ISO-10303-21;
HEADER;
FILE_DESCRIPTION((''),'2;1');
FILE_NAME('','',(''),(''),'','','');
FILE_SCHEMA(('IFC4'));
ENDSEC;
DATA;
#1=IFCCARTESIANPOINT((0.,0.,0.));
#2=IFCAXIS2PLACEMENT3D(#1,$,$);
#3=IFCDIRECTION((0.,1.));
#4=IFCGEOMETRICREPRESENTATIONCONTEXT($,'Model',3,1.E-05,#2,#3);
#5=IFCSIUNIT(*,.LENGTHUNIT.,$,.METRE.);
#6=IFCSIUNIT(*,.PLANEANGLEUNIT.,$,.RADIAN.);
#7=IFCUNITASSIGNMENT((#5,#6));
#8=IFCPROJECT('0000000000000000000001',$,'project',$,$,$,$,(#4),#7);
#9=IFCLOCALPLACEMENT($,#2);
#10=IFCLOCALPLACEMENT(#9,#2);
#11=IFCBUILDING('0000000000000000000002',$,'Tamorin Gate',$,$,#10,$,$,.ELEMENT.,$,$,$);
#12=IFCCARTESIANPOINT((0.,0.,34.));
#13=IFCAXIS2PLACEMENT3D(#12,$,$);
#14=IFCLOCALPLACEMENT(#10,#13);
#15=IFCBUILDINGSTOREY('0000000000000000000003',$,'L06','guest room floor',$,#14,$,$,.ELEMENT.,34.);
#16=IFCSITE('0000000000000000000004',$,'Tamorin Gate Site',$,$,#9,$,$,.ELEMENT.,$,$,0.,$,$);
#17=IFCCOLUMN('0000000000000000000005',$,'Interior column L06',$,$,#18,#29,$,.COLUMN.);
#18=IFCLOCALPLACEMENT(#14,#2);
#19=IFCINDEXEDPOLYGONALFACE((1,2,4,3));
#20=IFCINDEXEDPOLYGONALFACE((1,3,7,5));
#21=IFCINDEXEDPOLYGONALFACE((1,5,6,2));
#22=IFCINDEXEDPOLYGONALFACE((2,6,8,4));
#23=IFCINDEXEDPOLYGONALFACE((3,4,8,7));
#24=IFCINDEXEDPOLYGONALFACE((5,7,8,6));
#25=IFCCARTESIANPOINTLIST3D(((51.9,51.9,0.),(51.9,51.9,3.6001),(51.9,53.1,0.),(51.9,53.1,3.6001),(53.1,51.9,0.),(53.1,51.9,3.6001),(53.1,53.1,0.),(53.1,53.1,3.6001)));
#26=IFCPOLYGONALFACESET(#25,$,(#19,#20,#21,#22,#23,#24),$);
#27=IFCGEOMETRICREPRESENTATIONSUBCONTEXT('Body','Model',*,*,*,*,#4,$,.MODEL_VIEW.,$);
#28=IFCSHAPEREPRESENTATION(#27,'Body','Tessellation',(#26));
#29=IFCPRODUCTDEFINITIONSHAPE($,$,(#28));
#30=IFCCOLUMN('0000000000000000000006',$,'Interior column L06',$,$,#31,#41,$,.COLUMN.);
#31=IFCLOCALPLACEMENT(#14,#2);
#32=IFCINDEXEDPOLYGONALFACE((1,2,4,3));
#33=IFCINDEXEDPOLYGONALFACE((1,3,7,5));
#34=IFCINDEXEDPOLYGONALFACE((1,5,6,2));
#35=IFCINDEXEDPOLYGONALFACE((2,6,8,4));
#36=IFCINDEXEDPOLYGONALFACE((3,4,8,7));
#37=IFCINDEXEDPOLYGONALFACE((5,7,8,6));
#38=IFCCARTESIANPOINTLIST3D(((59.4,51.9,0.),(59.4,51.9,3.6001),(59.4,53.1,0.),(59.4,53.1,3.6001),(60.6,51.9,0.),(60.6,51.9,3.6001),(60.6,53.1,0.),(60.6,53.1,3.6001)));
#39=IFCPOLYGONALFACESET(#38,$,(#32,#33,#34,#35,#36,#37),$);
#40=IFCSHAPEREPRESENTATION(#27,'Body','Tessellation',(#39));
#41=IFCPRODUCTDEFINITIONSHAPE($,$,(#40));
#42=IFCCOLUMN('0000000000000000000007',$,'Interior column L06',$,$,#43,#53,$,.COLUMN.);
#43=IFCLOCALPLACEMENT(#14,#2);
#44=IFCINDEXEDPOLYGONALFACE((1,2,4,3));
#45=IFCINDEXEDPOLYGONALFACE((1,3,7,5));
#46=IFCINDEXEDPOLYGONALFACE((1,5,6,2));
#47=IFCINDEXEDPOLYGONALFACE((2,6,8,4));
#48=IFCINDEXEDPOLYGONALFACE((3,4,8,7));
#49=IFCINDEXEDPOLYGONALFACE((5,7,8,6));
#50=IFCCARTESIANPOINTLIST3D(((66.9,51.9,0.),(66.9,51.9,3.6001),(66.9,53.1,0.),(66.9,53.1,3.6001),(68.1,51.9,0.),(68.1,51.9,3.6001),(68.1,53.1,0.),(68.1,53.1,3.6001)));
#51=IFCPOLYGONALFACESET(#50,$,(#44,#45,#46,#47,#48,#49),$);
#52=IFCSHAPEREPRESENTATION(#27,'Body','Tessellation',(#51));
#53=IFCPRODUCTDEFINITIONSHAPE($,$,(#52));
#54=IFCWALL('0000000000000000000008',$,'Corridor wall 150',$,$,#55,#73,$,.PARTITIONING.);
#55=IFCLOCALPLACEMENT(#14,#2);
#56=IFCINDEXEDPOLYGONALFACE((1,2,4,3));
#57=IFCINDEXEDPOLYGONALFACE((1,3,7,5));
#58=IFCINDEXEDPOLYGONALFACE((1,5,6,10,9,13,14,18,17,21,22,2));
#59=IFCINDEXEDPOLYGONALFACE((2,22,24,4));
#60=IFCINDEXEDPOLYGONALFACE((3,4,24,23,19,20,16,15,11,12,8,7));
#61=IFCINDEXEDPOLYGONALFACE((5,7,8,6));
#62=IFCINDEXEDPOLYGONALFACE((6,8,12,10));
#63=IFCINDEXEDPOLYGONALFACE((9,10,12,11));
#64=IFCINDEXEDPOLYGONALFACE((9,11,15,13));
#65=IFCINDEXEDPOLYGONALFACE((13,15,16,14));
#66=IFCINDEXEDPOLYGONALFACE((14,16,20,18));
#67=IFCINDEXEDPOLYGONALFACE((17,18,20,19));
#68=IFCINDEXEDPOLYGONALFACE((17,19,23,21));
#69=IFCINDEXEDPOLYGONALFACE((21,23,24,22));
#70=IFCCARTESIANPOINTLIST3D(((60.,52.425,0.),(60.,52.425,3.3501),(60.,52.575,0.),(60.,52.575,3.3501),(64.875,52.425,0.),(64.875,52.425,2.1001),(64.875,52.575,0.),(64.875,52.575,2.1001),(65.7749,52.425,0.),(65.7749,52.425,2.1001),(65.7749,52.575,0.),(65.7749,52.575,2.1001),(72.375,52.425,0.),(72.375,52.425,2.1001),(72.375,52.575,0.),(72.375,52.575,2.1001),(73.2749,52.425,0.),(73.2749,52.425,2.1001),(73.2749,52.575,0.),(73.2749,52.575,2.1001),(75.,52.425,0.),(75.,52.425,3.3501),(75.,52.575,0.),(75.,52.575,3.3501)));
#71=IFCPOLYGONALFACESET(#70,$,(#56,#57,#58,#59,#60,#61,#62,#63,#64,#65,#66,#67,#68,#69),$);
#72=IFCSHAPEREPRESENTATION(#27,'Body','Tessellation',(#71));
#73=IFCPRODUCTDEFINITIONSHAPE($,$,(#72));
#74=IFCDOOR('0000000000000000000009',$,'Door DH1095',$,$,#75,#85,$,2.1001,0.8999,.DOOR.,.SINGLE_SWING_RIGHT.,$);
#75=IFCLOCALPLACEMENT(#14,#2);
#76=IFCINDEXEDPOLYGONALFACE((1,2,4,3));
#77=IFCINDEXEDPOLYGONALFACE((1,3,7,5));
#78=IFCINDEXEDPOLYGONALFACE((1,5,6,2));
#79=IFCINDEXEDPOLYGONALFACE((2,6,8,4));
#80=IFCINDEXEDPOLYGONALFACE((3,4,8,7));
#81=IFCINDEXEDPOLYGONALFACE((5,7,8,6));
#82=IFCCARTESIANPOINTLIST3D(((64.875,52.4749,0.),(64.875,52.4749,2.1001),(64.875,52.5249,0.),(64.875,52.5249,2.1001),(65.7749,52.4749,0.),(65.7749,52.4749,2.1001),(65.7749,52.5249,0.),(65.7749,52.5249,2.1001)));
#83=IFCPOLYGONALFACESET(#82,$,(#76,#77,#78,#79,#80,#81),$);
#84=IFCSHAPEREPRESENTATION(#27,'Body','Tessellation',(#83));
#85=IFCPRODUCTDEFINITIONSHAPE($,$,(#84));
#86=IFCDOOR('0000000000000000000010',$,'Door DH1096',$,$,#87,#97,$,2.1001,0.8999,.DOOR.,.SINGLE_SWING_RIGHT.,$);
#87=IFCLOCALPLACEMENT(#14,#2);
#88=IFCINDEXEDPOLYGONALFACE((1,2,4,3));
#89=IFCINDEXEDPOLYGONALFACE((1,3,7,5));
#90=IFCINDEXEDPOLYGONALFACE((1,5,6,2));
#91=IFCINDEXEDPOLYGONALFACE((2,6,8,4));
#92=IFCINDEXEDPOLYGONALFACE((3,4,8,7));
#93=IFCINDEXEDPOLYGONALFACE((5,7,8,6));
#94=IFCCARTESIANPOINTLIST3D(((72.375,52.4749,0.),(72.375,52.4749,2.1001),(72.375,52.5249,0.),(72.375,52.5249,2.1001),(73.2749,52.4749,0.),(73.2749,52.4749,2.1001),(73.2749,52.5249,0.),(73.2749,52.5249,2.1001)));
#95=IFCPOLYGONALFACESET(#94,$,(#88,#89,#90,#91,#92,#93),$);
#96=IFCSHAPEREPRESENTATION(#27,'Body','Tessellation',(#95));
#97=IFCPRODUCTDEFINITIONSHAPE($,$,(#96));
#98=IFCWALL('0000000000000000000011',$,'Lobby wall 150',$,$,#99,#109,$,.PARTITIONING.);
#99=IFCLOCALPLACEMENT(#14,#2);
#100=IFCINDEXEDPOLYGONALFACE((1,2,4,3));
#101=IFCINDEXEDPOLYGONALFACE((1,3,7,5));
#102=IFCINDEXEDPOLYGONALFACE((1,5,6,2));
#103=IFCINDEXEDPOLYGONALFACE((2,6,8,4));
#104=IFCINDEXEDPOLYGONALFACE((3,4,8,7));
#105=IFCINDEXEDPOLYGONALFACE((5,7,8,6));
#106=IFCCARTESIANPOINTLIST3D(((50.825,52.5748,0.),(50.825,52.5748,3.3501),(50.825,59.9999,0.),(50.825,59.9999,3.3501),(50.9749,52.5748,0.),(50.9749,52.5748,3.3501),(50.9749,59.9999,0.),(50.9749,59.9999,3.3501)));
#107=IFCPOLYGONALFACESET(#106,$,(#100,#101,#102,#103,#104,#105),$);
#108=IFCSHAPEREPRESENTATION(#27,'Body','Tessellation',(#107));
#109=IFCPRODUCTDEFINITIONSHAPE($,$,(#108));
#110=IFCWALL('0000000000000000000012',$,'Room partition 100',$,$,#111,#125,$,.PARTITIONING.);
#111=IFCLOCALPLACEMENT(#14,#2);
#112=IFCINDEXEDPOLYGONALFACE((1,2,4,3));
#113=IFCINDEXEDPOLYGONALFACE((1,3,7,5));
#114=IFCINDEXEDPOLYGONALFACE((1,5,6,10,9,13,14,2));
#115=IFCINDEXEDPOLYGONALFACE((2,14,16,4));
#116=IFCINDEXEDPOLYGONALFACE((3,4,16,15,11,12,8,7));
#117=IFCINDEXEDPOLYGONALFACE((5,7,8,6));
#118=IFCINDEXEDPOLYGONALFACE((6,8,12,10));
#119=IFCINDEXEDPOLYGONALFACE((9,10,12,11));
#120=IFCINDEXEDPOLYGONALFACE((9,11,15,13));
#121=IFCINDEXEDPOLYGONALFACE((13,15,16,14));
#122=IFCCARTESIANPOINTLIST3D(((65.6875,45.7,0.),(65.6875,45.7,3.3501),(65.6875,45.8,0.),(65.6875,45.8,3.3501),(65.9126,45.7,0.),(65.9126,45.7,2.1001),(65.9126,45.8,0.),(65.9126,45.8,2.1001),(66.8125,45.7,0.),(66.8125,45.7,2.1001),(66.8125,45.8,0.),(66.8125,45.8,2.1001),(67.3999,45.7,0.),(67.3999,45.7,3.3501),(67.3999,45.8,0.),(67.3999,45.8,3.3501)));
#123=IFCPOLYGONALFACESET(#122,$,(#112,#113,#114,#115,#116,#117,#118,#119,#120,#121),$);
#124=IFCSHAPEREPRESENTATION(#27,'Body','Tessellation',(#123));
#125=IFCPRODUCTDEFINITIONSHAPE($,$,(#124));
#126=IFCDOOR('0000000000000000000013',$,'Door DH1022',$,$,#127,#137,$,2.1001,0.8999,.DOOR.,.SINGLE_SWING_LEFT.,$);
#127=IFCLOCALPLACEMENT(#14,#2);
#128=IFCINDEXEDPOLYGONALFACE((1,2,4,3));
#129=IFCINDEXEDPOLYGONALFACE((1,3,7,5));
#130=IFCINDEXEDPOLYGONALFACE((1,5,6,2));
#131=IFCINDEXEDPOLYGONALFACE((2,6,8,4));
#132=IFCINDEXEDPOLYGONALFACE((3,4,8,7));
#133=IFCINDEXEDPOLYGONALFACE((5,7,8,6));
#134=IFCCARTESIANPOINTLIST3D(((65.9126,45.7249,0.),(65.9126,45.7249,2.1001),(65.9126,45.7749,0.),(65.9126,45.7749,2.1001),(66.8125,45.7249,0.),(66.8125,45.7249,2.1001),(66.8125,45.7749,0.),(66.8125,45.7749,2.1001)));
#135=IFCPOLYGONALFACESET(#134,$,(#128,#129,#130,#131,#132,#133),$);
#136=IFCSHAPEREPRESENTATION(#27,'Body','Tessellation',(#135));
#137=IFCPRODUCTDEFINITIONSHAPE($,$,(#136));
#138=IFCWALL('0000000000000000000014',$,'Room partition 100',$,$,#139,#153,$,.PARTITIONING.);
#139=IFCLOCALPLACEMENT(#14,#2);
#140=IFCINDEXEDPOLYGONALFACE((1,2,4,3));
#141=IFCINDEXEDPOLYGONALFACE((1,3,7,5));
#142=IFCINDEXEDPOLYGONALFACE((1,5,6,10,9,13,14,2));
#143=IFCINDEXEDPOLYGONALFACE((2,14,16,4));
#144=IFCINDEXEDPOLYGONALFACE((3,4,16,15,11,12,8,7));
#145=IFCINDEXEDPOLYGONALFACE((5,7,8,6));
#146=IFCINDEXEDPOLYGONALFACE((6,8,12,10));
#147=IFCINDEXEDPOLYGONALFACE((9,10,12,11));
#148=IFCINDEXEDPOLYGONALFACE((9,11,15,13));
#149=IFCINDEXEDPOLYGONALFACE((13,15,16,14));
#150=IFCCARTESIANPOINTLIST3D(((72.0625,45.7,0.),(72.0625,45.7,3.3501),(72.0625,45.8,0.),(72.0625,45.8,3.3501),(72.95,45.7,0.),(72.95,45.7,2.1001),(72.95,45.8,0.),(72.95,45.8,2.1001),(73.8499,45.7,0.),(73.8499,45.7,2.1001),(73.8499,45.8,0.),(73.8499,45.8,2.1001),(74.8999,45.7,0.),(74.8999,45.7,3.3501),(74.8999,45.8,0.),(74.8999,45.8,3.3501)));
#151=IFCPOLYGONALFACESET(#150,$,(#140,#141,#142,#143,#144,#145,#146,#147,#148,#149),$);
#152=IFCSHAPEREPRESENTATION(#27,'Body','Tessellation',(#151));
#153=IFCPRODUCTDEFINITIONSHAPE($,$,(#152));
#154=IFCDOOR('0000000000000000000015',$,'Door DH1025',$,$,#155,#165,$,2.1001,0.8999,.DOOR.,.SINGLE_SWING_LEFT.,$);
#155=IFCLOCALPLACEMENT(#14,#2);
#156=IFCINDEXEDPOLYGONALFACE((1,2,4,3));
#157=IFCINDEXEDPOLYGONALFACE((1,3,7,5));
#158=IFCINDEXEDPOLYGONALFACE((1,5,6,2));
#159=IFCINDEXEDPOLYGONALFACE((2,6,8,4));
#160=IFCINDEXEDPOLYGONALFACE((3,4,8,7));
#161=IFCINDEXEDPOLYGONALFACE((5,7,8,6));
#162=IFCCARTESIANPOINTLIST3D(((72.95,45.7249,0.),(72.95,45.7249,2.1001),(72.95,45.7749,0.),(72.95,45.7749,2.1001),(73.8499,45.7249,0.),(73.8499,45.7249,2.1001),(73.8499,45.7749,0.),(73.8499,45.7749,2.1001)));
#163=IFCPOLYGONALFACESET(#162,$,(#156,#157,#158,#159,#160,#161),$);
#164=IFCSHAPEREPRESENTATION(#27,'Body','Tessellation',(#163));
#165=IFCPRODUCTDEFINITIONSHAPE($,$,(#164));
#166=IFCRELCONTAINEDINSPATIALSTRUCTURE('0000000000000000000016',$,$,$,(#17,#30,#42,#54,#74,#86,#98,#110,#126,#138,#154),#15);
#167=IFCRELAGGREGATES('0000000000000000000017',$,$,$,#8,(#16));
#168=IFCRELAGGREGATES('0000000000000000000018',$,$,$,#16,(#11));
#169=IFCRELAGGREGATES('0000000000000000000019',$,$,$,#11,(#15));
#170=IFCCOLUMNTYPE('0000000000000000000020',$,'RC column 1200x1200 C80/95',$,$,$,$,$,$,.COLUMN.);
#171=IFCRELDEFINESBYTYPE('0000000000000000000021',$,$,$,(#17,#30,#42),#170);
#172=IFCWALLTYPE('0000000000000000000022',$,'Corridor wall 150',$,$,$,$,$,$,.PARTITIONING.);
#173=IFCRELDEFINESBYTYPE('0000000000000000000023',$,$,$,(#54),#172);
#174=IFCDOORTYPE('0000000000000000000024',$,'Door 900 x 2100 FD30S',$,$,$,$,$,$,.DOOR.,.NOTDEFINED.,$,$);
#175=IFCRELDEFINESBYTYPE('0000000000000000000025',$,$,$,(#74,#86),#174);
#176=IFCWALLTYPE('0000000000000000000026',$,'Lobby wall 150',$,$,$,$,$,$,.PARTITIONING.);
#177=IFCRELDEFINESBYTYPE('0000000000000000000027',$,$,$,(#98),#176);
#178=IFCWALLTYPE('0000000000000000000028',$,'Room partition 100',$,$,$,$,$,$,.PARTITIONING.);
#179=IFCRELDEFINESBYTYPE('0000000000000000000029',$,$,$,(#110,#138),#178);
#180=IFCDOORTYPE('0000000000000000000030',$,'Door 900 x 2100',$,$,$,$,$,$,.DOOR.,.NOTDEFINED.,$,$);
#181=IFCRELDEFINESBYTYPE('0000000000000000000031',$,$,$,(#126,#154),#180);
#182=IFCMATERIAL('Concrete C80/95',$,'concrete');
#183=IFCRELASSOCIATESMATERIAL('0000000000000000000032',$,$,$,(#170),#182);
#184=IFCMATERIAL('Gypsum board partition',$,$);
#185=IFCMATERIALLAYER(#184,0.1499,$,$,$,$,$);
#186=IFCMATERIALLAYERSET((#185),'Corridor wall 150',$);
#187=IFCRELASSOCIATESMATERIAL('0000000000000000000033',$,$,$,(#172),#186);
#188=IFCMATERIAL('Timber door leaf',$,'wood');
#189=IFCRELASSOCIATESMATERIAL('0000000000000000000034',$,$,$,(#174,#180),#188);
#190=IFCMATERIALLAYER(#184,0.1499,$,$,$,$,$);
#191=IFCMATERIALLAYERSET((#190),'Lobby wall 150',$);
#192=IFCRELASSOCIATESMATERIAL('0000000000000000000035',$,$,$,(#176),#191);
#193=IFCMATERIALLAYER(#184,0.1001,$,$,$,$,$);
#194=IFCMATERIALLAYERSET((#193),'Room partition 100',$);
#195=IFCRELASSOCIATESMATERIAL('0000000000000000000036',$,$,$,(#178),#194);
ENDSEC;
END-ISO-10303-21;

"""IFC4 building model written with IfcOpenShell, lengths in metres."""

from ifc_helpers import new_model, si_unit, direction, frame, frame_2d, origin, origin_2d, place, context, subcontext, project, spatial, rectangle, extrude, material, layer, layer_set, material_profile, profile_set, type_object, element, fill, save


model = new_model("IFC4")

# Units and contexts
model_context = context("Model", 3, precision=1e-05, world=origin(), true_north=direction((0.0, 1.0)))
body_context = subcontext(model_context, "Body", "Model", "MODEL_VIEW")
ifc_project = project(units=[si_unit("LENGTHUNIT", "METRE"), si_unit("PLANEANGLEUNIT", "RADIAN")], contexts=[model_context])

# Site, building, storey
site_placement = place(None, origin())
site = spatial("IfcSite", under=ifc_project, at=site_placement, Name="Tamorin Gate Site", CompositionType="ELEMENT", RefElevation=0.0)
building_placement = place(site_placement, origin())
building = spatial("IfcBuilding", under=site, at=building_placement, Name="Tamorin Gate", CompositionType="ELEMENT")
storey_placement = place(building_placement, frame((0.0, 0.0, 34.0)))
storey = spatial("IfcBuildingStorey", under=building, at=storey_placement, Name="L06", Description="guest room floor", CompositionType="ELEMENT", Elevation=34.0)

# Columns
ifc_material_1 = material(Name="Concrete C80/95", Category="concrete")
ifc_material_profile = material_profile(ifc_material_1, rectangle(XDim=1.2, YDim=1.2, at=origin_2d()), Name="RC 1200x1200")
ifc_profile_set = profile_set([ifc_material_profile], Name="Concrete C80/95")
column_type = type_object("IfcColumnType", Name="RC column 1200x1200 C80/95", PredefinedType="COLUMN", material=ifc_profile_set)
for number, where, z_axis, x_axis, name in (
    (1, (52.5, 52.5, 0.0), (0.0, 0.0, 1.0), (1.0, 0.0, 0.0), "Interior column L06"),
    (2, (60.0, 52.5, 0.0), (0.0, 0.0, 1.0), (1.0, 0.0, 0.0), "Interior column L06"),
    (3, (67.5, 52.5, 0.0), (0.0, 0.0, 1.0), (1.0, 0.0, 0.0), "Interior column L06"),
):
    element("IfcColumn", number, at=place(storey_placement, frame(where, z_axis=z_axis, x_axis=x_axis)), inside=storey, type_object=column_type, Name=name, PredefinedType="COLUMN", context=body_context, shape_type="SweptSolid", body=[
        extrude(rectangle(XDim=1.2, YDim=1.2, at=origin_2d()), origin(), (0.0, 0.0, 1.0), 3.6001),
    ])

# Wall, openings, doors
ifc_material_2 = material(Name="Gypsum board partition")
ifc_layer_1 = layer(ifc_material_2, 0.1499)
ifc_layer_set_1 = layer_set([ifc_layer_1], Name="Corridor wall 150")
wall_type_1 = type_object("IfcWallType", Name="Corridor wall 150", PredefinedType="PARTITIONING", material=ifc_layer_set_1)
wall_1_placement = place(storey_placement, frame((60.0, 52.5, 0.0), z_axis=(0.0, 0.0, 1.0), x_axis=(1.0, 0.0, 0.0)))
wall_1 = element("IfcWall", 4, at=wall_1_placement, inside=storey, type_object=wall_type_1, Name="Corridor wall 150", PredefinedType="PARTITIONING", context=body_context, shape_type="SweptSolid", body=[
    extrude(rectangle(XDim=15.0, YDim=0.1499, at=frame_2d((7.5, 0.0))), origin(), (0.0, 0.0, 1.0), 3.3501),
])
opening_1_placement = place(wall_1_placement, frame((4.875, 0.0, 0.0)))
opening_1 = element("IfcOpeningElement", 5, at=opening_1_placement, cuts=wall_1, PredefinedType="OPENING", context=body_context, shape_type="SweptSolid", body=[
    extrude(rectangle(XDim=0.8999, YDim=2.1001, at=frame_2d((0.45, 1.05))), frame((0.0, 0.085, 0.0), z_axis=(0.0, -1.0, 0.0), x_axis=(1.0, 0.0, 0.0)), (0.0, 0.0, 1.0), 0.1699),
])
opening_2_placement = place(wall_1_placement, frame((12.375, 0.0, 0.0)))
opening_2 = element("IfcOpeningElement", 6, at=opening_2_placement, cuts=wall_1, PredefinedType="OPENING", context=body_context, shape_type="SweptSolid", body=[
    extrude(rectangle(XDim=0.8999, YDim=2.1001, at=frame_2d((0.45, 1.05))), frame((0.0, 0.085, 0.0), z_axis=(0.0, -1.0, 0.0), x_axis=(1.0, 0.0, 0.0)), (0.0, 0.0, 1.0), 0.1699),
])
ifc_material_3 = material(Name="Timber door leaf", Category="wood")
door_type_1 = type_object("IfcDoorType", Name="Door 900 x 2100 FD30S", OperationType="NOTDEFINED", PredefinedType="DOOR", material=ifc_material_3)
door_1_placement = place(opening_1_placement, origin())
door_1 = element("IfcDoor", 7, at=door_1_placement, inside=storey, type_object=door_type_1, Name="Door DH1095", OperationType="SINGLE_SWING_RIGHT", OverallHeight=2.1001, OverallWidth=0.8999, PredefinedType="DOOR", context=body_context, shape_type="SweptSolid", body=[
    extrude(rectangle(XDim=0.8999, YDim=2.1001, at=frame_2d((0.45, 1.05))), frame((0.0, 0.0249, 0.0), z_axis=(0.0, -1.0, 0.0), x_axis=(1.0, 0.0, 0.0)), (0.0, 0.0, 1.0), 0.05),
])
fill(opening_1, door_1)
door_2_placement = place(opening_2_placement, origin())
door_2 = element("IfcDoor", 8, at=door_2_placement, inside=storey, type_object=door_type_1, Name="Door DH1096", OperationType="SINGLE_SWING_RIGHT", OverallHeight=2.1001, OverallWidth=0.8999, PredefinedType="DOOR", context=body_context, shape_type="SweptSolid", body=[
    extrude(rectangle(XDim=0.8999, YDim=2.1001, at=frame_2d((0.45, 1.05))), frame((0.0, 0.0249, 0.0), z_axis=(0.0, -1.0, 0.0), x_axis=(1.0, 0.0, 0.0)), (0.0, 0.0, 1.0), 0.05),
])
fill(opening_2, door_2)

# Wall
ifc_layer_2 = layer(ifc_material_2, 0.1499)
ifc_layer_set_2 = layer_set([ifc_layer_2], Name="Lobby wall 150")
wall_type_2 = type_object("IfcWallType", Name="Lobby wall 150", PredefinedType="PARTITIONING", material=ifc_layer_set_2)
wall_2_placement = place(storey_placement, frame((50.8999, 52.575, 0.0), z_axis=(0.0, 0.0, 1.0), x_axis=(0.0, 1.0, 0.0)))
element("IfcWall", 9, at=wall_2_placement, inside=storey, type_object=wall_type_2, Name="Lobby wall 150", PredefinedType="PARTITIONING", context=body_context, shape_type="SweptSolid", body=[
    extrude(rectangle(XDim=7.425, YDim=0.1499, at=frame_2d((3.7124, 0.0))), origin(), (0.0, 0.0, 1.0), 3.3501),
])

# Walls, openings, doors
ifc_layer_3 = layer(ifc_material_2, 0.1001)
ifc_layer_set_3 = layer_set([ifc_layer_3], Name="Room partition 100")
wall_type_3 = type_object("IfcWallType", Name="Room partition 100", PredefinedType="PARTITIONING", material=ifc_layer_set_3)
wall_3_placement = place(storey_placement, frame((65.6875, 45.75, 0.0), z_axis=(0.0, 0.0, 1.0), x_axis=(1.0, 0.0, 0.0)))
wall_3 = element("IfcWall", 10, at=wall_3_placement, inside=storey, type_object=wall_type_3, Name="Room partition 100", PredefinedType="PARTITIONING", context=body_context, shape_type="SweptSolid", body=[
    extrude(rectangle(XDim=1.7124, YDim=0.1001, at=frame_2d((0.8562, 0.0))), origin(), (0.0, 0.0, 1.0), 3.3501),
])
opening_3_placement = place(wall_3_placement, frame((0.2251, 0.0, 0.0)))
opening_3 = element("IfcOpeningElement", 11, at=opening_3_placement, cuts=wall_3, PredefinedType="OPENING", context=body_context, shape_type="SweptSolid", body=[
    extrude(rectangle(XDim=0.8999, YDim=2.1001, at=frame_2d((0.45, 1.05))), frame((0.0, 0.0601, 0.0), z_axis=(0.0, -1.0, 0.0), x_axis=(1.0, 0.0, 0.0)), (0.0, 0.0, 1.0), 0.1201),
])
door_type_2 = type_object("IfcDoorType", Name="Door 900 x 2100", OperationType="NOTDEFINED", PredefinedType="DOOR", material=ifc_material_3)
door_3_placement = place(opening_3_placement, origin())
door_3 = element("IfcDoor", 12, at=door_3_placement, inside=storey, type_object=door_type_2, Name="Door DH1022", OperationType="SINGLE_SWING_LEFT", OverallHeight=2.1001, OverallWidth=0.8999, PredefinedType="DOOR", context=body_context, shape_type="SweptSolid", body=[
    extrude(rectangle(XDim=0.8999, YDim=2.1001, at=frame_2d((0.45, 1.05))), frame((0.0, 0.0249, 0.0), z_axis=(0.0, -1.0, 0.0), x_axis=(1.0, 0.0, 0.0)), (0.0, 0.0, 1.0), 0.05),
])
fill(opening_3, door_3)
wall_4_placement = place(storey_placement, frame((72.0625, 45.75, 0.0), z_axis=(0.0, 0.0, 1.0), x_axis=(1.0, 0.0, 0.0)))
wall_4 = element("IfcWall", 13, at=wall_4_placement, inside=storey, type_object=wall_type_3, Name="Room partition 100", PredefinedType="PARTITIONING", context=body_context, shape_type="SweptSolid", body=[
    extrude(rectangle(XDim=2.8374, YDim=0.1001, at=frame_2d((1.4187, 0.0))), origin(), (0.0, 0.0, 1.0), 3.3501),
])
opening_4_placement = place(wall_4_placement, frame((0.8875, 0.0, 0.0)))
opening_4 = element("IfcOpeningElement", 14, at=opening_4_placement, cuts=wall_4, PredefinedType="OPENING", context=body_context, shape_type="SweptSolid", body=[
    extrude(rectangle(XDim=0.8999, YDim=2.1001, at=frame_2d((0.45, 1.05))), frame((0.0, 0.0601, 0.0), z_axis=(0.0, -1.0, 0.0), x_axis=(1.0, 0.0, 0.0)), (0.0, 0.0, 1.0), 0.1201),
])
door_4_placement = place(opening_4_placement, origin())
door_4 = element("IfcDoor", 15, at=door_4_placement, inside=storey, type_object=door_type_2, Name="Door DH1025", OperationType="SINGLE_SWING_LEFT", OverallHeight=2.1001, OverallWidth=0.8999, PredefinedType="DOOR", context=body_context, shape_type="SweptSolid", body=[
    extrude(rectangle(XDim=0.8999, YDim=2.1001, at=frame_2d((0.45, 1.05))), frame((0.0, 0.0249, 0.0), z_axis=(0.0, -1.0, 0.0), x_axis=(1.0, 0.0, 0.0)), (0.0, 0.0, 1.0), 0.05),
])
fill(opening_4, door_4)

save(model, "model.ifc")
